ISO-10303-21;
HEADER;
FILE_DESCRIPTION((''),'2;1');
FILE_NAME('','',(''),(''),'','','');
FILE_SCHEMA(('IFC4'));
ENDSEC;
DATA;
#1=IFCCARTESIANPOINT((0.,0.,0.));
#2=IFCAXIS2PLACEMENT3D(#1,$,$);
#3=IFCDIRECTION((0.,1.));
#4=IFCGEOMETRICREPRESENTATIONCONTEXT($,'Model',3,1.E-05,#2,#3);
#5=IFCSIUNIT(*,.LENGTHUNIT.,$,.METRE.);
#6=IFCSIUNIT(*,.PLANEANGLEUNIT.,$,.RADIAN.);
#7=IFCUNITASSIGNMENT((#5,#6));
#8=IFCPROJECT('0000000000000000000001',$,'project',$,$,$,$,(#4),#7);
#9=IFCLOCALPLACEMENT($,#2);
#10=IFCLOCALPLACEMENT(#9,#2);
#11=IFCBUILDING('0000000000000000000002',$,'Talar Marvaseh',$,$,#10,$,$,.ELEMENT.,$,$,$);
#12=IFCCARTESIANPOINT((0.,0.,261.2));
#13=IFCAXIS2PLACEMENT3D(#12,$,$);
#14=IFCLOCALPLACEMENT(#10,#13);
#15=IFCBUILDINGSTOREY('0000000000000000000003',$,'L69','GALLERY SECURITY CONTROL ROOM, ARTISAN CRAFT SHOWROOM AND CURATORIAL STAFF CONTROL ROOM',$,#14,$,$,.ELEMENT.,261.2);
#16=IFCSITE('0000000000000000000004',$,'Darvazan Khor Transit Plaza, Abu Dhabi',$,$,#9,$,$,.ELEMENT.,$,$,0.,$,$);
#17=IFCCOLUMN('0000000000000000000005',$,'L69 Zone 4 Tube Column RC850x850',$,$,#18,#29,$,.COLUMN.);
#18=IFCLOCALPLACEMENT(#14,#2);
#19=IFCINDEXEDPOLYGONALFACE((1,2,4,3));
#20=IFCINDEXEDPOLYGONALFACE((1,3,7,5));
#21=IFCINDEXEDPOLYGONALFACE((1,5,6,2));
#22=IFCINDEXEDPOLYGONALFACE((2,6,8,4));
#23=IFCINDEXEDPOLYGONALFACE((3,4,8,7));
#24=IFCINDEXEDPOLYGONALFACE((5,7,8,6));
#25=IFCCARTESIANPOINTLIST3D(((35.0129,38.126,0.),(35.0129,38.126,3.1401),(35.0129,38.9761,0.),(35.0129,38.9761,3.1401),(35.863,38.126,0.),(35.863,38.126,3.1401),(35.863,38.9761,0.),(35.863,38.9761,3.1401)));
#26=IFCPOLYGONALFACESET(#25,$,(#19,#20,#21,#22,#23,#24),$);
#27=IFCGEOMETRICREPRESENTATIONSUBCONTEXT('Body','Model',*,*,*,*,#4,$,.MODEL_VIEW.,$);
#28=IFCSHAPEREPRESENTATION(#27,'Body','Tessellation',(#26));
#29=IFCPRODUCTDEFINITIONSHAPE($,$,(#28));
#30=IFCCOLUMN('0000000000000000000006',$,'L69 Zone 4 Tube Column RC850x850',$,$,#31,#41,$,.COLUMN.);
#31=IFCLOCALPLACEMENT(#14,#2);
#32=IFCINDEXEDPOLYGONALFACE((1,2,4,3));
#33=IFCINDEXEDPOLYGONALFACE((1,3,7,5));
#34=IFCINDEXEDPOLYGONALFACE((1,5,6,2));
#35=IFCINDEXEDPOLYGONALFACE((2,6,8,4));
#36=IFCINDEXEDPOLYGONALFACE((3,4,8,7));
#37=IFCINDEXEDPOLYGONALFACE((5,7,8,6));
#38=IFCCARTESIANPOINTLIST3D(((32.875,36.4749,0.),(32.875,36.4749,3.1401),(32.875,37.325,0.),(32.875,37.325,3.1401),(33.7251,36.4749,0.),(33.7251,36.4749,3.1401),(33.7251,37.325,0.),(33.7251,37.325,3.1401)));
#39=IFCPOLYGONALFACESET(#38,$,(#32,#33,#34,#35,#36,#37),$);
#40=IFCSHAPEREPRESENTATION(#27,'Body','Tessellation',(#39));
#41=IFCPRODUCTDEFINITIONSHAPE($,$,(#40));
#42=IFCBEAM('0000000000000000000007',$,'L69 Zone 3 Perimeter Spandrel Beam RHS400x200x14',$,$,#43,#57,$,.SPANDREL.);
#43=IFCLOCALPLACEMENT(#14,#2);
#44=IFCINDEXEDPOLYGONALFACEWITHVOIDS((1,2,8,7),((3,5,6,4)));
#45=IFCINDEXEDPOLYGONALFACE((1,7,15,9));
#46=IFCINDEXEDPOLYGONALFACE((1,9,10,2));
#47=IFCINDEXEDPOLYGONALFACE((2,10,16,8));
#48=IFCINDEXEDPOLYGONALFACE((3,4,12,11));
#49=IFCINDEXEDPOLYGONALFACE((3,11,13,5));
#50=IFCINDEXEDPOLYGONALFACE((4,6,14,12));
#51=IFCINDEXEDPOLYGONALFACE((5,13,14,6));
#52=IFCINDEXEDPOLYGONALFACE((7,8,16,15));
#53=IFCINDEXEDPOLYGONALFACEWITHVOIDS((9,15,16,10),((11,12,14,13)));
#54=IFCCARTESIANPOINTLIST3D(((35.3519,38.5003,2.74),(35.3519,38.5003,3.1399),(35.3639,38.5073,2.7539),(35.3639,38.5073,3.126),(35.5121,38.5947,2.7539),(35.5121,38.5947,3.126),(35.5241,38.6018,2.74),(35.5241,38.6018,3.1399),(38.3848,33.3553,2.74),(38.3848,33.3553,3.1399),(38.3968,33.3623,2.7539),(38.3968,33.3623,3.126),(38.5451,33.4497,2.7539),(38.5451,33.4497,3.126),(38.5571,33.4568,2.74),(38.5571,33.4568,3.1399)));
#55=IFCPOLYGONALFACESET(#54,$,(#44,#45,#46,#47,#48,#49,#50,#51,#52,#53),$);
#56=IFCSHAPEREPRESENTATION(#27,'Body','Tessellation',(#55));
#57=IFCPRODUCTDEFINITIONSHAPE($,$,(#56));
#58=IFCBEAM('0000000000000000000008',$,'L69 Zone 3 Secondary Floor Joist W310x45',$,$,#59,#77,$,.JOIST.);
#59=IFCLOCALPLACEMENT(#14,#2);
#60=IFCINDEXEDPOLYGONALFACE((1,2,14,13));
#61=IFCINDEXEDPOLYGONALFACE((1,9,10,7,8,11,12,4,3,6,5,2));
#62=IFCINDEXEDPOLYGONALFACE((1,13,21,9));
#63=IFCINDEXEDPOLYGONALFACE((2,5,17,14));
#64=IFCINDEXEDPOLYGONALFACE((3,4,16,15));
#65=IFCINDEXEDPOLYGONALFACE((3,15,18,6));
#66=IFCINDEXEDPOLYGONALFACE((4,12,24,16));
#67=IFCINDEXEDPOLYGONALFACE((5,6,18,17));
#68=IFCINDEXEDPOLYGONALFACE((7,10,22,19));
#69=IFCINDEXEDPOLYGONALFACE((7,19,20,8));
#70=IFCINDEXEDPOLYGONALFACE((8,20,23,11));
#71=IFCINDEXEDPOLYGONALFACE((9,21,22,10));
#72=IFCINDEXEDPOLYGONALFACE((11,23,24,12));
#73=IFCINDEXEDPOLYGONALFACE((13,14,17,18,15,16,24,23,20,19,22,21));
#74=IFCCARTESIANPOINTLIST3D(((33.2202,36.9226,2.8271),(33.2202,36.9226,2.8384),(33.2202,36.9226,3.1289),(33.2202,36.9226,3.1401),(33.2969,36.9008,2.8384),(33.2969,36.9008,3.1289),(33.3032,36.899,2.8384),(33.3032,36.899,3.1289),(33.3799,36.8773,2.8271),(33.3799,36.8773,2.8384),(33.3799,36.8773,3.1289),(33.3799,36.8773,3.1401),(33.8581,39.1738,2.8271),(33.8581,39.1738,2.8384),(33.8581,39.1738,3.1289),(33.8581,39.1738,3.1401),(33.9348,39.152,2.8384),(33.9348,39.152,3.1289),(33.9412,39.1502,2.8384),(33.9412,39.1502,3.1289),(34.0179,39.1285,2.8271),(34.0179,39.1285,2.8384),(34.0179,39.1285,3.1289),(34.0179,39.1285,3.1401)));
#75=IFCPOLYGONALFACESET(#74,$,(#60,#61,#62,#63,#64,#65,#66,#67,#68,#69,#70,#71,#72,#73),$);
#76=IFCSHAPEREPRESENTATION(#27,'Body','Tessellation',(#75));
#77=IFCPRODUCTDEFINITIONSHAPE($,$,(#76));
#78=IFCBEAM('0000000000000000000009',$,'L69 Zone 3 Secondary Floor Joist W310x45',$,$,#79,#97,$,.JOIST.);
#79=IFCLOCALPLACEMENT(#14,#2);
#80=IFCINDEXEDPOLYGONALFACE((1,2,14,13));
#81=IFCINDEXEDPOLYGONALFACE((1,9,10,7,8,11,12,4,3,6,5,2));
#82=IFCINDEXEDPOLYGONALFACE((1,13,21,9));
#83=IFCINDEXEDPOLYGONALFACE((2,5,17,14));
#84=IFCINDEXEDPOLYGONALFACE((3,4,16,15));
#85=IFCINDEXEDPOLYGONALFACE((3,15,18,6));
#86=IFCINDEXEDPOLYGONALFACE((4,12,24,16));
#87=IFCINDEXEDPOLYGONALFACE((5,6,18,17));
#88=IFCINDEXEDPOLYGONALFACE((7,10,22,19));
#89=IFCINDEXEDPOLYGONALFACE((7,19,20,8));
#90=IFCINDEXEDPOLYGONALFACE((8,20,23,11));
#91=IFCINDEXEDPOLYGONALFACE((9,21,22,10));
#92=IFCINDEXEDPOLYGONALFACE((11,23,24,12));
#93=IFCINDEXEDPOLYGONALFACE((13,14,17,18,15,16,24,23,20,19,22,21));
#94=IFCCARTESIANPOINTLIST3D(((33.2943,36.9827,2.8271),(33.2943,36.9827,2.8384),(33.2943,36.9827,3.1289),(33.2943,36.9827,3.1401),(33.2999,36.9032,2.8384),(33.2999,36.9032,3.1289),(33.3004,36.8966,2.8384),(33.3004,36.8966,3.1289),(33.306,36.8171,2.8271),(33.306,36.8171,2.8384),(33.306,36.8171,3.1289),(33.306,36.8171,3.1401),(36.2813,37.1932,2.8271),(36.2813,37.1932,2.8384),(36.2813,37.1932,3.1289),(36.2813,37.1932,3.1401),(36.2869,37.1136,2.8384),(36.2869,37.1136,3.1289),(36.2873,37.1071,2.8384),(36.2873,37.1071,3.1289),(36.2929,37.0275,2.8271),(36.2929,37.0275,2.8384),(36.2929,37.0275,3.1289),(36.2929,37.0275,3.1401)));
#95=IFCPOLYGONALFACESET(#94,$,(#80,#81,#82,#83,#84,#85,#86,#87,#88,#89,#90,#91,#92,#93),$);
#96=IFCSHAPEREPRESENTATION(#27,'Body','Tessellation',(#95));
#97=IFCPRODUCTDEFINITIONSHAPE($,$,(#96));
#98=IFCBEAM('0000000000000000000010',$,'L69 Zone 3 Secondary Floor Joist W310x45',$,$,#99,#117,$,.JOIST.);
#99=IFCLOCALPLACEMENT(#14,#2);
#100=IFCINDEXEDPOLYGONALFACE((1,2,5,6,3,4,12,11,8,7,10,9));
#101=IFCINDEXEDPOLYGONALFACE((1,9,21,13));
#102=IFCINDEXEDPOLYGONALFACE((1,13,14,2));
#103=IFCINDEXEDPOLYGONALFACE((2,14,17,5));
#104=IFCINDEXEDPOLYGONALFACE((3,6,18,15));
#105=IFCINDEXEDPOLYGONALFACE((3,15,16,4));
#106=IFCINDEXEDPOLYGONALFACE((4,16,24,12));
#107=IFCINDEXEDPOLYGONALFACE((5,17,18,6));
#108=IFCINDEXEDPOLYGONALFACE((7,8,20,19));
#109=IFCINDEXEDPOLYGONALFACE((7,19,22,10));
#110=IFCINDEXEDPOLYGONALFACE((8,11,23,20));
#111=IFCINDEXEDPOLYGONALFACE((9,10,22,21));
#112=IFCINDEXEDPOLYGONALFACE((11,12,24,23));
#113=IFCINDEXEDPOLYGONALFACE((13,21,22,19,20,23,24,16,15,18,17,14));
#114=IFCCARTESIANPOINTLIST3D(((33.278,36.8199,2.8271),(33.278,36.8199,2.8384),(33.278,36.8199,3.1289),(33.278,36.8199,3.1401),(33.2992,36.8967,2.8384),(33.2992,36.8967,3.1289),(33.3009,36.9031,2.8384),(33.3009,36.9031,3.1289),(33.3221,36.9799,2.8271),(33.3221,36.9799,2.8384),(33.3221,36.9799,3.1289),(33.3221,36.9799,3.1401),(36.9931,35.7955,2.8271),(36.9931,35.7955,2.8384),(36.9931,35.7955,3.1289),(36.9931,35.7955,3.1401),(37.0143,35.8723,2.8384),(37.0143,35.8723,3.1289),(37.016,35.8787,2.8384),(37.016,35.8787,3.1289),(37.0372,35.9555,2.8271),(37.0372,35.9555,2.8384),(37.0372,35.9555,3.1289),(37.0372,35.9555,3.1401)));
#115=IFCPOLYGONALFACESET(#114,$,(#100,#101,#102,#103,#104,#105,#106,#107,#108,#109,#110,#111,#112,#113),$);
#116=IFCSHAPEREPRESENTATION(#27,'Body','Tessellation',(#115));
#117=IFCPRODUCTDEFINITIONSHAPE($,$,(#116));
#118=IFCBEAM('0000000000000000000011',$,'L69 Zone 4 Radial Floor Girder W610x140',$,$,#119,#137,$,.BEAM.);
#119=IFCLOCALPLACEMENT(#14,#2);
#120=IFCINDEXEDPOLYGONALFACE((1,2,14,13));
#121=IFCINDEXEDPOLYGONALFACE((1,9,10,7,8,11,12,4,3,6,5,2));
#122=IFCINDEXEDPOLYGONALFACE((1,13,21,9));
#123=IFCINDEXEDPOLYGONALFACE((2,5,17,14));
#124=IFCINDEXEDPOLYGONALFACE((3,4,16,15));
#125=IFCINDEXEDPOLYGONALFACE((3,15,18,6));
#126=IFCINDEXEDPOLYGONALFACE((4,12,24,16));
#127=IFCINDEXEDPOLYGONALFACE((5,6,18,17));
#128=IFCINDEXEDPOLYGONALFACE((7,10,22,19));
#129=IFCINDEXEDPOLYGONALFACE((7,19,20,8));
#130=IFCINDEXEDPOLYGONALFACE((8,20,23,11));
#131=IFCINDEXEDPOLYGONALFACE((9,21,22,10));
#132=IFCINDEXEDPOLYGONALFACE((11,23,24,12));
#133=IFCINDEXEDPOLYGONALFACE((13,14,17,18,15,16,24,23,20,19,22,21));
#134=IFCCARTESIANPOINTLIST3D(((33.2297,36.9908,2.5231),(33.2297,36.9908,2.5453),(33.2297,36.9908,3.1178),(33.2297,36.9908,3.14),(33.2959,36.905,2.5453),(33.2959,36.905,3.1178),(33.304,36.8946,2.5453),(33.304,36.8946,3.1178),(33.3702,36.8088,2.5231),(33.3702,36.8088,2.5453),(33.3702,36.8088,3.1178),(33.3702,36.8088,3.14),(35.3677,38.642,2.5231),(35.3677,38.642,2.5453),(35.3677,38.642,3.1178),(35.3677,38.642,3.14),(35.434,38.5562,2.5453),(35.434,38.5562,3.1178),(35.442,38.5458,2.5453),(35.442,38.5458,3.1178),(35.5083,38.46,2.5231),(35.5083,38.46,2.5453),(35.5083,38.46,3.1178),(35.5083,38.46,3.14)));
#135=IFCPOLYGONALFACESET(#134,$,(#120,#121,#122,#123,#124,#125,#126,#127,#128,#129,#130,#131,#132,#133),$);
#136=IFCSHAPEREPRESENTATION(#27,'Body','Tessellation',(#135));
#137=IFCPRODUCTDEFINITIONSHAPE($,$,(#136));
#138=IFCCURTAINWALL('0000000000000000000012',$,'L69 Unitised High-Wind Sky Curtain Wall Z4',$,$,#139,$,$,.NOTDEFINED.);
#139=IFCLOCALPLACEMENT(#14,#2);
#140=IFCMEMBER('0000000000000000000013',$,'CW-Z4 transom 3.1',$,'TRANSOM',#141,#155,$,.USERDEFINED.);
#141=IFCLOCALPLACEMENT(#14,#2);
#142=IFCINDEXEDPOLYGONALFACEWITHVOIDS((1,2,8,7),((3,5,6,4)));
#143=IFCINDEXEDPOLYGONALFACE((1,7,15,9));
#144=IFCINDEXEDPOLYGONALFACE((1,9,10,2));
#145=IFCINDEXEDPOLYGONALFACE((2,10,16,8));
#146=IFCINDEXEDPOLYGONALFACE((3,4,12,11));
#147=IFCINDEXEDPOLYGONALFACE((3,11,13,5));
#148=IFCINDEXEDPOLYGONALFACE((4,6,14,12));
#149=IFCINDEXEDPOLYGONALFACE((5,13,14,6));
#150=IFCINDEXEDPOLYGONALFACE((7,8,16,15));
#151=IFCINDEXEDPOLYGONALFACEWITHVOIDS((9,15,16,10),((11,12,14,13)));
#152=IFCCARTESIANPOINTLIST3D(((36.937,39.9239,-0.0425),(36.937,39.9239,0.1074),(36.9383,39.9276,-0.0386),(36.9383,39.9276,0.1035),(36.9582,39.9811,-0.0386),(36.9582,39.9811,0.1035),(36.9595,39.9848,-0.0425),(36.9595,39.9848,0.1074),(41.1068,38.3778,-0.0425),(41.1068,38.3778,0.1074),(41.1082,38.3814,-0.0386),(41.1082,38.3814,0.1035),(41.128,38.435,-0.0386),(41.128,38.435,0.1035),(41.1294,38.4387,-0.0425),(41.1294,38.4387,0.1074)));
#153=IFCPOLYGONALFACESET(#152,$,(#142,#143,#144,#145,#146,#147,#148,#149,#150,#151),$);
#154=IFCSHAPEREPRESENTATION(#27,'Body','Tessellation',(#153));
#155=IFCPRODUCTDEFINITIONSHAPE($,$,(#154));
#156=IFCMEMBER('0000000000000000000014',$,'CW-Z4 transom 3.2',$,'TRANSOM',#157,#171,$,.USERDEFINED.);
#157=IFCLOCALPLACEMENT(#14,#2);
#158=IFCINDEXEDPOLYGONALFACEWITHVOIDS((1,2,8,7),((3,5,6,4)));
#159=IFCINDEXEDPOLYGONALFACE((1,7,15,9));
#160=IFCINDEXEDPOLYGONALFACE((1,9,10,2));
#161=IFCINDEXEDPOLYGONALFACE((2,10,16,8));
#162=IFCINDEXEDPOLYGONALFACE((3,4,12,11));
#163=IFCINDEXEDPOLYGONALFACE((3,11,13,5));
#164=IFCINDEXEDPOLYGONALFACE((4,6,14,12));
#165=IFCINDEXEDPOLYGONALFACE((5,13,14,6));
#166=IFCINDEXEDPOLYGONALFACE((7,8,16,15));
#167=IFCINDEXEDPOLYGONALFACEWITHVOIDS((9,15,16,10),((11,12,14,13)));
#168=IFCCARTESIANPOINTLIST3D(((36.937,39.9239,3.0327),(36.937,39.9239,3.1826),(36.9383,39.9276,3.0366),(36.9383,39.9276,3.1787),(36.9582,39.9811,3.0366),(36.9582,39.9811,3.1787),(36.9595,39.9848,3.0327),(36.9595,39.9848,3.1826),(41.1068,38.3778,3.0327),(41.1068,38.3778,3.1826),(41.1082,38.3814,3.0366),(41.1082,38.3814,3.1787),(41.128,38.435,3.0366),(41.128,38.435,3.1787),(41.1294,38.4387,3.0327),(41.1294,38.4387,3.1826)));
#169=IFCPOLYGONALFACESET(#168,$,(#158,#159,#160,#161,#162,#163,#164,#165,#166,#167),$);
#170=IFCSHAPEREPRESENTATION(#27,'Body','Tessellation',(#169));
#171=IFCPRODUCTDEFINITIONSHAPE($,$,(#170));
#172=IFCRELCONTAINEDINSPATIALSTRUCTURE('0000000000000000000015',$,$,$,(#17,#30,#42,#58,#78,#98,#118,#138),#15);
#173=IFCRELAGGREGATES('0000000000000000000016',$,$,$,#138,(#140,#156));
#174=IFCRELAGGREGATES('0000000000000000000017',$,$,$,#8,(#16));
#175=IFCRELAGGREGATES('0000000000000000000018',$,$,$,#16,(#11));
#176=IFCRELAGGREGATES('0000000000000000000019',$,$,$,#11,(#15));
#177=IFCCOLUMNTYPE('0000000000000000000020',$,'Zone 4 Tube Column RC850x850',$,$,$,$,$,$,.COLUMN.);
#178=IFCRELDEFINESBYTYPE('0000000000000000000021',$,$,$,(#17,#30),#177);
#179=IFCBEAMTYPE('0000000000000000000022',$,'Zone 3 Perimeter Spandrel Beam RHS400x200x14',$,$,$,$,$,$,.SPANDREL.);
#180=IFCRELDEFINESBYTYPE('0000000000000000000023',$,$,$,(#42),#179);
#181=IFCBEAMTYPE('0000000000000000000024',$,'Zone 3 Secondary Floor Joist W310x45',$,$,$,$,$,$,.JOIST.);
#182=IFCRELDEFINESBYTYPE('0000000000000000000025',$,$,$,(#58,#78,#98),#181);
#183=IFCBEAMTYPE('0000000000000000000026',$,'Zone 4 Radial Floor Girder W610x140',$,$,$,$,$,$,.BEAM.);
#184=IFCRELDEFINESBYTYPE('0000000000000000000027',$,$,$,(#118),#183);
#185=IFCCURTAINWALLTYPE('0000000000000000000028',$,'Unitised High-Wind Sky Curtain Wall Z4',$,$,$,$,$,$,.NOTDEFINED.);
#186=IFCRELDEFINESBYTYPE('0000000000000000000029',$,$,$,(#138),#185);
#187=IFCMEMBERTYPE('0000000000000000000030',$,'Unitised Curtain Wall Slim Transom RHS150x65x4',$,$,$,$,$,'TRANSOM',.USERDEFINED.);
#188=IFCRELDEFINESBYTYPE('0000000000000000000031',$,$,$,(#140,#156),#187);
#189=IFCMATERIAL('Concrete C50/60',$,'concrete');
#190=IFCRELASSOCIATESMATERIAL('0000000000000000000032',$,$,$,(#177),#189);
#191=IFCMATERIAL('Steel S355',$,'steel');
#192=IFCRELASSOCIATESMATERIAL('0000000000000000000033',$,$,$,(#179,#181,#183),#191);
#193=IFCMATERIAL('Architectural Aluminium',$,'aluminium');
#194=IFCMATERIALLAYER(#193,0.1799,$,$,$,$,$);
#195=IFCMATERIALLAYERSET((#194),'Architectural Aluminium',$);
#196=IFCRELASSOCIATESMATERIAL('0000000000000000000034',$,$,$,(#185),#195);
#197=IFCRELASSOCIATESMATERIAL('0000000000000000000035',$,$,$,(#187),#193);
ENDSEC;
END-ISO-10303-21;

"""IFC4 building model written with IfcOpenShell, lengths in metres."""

from ifc_helpers import new_model, si_unit, direction, frame, origin, origin_2d, place, context, subcontext, project, spatial, rectangle, hollow_rectangle, i_section, extrude, source, transform, mapped, material, layer, layer_set, material_profile, profile_set, type_object, element, aggregate, save


model = new_model("IFC4")

# Units and contexts
model_context = context("Model", 3, precision=1e-05, world=origin(), true_north=direction((0.0, 1.0)))
body_context = subcontext(model_context, "Body", "Model", "MODEL_VIEW")
ifc_project = project(units=[si_unit("LENGTHUNIT", "METRE"), si_unit("PLANEANGLEUNIT", "RADIAN")], contexts=[model_context])

# Site, building, storey
site_placement = place(None, origin())
site = spatial("IfcSite", under=ifc_project, at=site_placement, Name="Darvazan Khor Transit Plaza, Abu Dhabi", CompositionType="ELEMENT", RefElevation=0.0)
building_placement = place(site_placement, origin())
building = spatial("IfcBuilding", under=site, at=building_placement, Name="Talar Marvaseh", CompositionType="ELEMENT")
storey_placement = place(building_placement, frame((0.0, 0.0, 261.2)))
storey = spatial("IfcBuildingStorey", under=building, at=storey_placement, Name="L69", Description="GALLERY SECURITY CONTROL ROOM, ARTISAN CRAFT SHOWROOM AND CURATORIAL STAFF CONTROL ROOM", CompositionType="ELEMENT", Elevation=261.2)

# Columns
ifc_material_1 = material(Name="Concrete C50/60", Category="concrete")
ifc_material_profile_1 = material_profile(ifc_material_1, rectangle(XDim=0.8501, YDim=0.8501, at=origin_2d()), Name="RC850x850")
ifc_profile_set_1 = profile_set([ifc_material_profile_1], Name="Concrete C50/60")
column_type = type_object("IfcColumnType", Name="Zone 4 Tube Column RC850x850", PredefinedType="COLUMN", material=ifc_profile_set_1)
for number, where, z_axis, x_axis, name in (
    (1, (35.438, 38.551, 0.0), (0.0, 0.0, 1.0), (1.0, 0.0, 0.0), "L69 Zone 4 Tube Column RC850x850"),
    (2, (33.3, 36.8999, 0.0), (0.0, 0.0, 1.0), (1.0, 0.0, 0.0), "L69 Zone 4 Tube Column RC850x850"),
):
    element("IfcColumn", number, at=place(storey_placement, frame(where, z_axis=z_axis, x_axis=x_axis)), inside=storey, type_object=column_type, Name=name, PredefinedType="COLUMN", context=body_context, shape_type="SweptSolid", body=[
        extrude(rectangle(XDim=0.8501, YDim=0.8501, at=origin_2d()), origin(), (0.0, 0.0, 1.0), 3.1401),
    ])

# Beams
ifc_material_2 = material(Name="Steel S355", Category="steel")
ifc_material_profile_2 = material_profile(ifc_material_2, hollow_rectangle(XDim=0.2, YDim=0.3999, WallThickness=0.0139, at=origin_2d()), Name="RHS400x200x14")
ifc_profile_set_2 = profile_set([ifc_material_profile_2], Name="Steel S355")
beam_type_1 = type_object("IfcBeamType", Name="Zone 3 Perimeter Spandrel Beam RHS400x200x14", PredefinedType="SPANDREL", material=ifc_profile_set_2)
beam_1_placement = place(storey_placement, frame((35.438, 38.551, 2.9399), z_axis=(0.507826, -0.86146, 0.0), x_axis=(0.86146, 0.507826, 0.0)))
element("IfcBeam", 3, at=beam_1_placement, inside=storey, type_object=beam_type_1, Name="L69 Zone 3 Perimeter Spandrel Beam RHS400x200x14", PredefinedType="SPANDREL", context=body_context, shape_type="SweptSolid", body=[
    extrude(hollow_rectangle(XDim=0.2, YDim=0.3999, WallThickness=0.0139, at=origin_2d()), origin(), (0.0, 0.0, 1.0), 5.9724),
])
ifc_material_profile_3 = material_profile(ifc_material_2, i_section(OverallWidth=0.166, OverallDepth=0.313, WebThickness=0.0066, FlangeThickness=0.0112, at=origin_2d()), Name="W310x45")
ifc_profile_set_3 = profile_set([ifc_material_profile_3], Name="Steel S355")
beam_type_2 = type_object("IfcBeamType", Name="Zone 3 Secondary Floor Joist W310x45", PredefinedType="JOIST", material=ifc_profile_set_3)
beam_2_placement = place(storey_placement, frame((33.938, 39.1511, 2.9836), z_axis=(-0.27264, -0.962116, 0.0), x_axis=(0.962116, -0.27264, 0.0)))
element("IfcBeam", 4, at=beam_2_placement, inside=storey, type_object=beam_type_2, Name="L69 Zone 3 Secondary Floor Joist W310x45", PredefinedType="JOIST", context=body_context, shape_type="SweptSolid", body=[
    extrude(i_section(OverallWidth=0.166, OverallDepth=0.313, WebThickness=0.0066, FlangeThickness=0.0112, at=origin_2d()), origin(), (0.0, 0.0, 1.0), 2.3398),
])
beam_3_placement = place(storey_placement, frame((36.2871, 37.1104, 2.9836), z_axis=(-0.997527, -0.070279, 0.0), x_axis=(0.070279, -0.997527, 0.0)))
element("IfcBeam", 5, at=beam_3_placement, inside=storey, type_object=beam_type_2, Name="L69 Zone 3 Secondary Floor Joist W310x45", PredefinedType="JOIST", context=body_context, shape_type="SweptSolid", body=[
    extrude(i_section(OverallWidth=0.166, OverallDepth=0.313, WebThickness=0.0066, FlangeThickness=0.0112, at=origin_2d()), origin(), (0.0, 0.0, 1.0), 2.9944),
])
beam_4_placement = place(storey_placement, frame((37.0151, 35.8755, 2.9836), z_axis=(-0.964022, 0.265823, 0.0), x_axis=(-0.265823, -0.964022, 0.0)))
element("IfcBeam", 6, at=beam_4_placement, inside=storey, type_object=beam_type_2, Name="L69 Zone 3 Secondary Floor Joist W310x45", PredefinedType="JOIST", context=body_context, shape_type="SweptSolid", body=[
    extrude(i_section(OverallWidth=0.166, OverallDepth=0.313, WebThickness=0.0066, FlangeThickness=0.0112, at=origin_2d()), origin(), (0.0, 0.0, 1.0), 3.8538),
])
ifc_material_profile_4 = material_profile(ifc_material_2, i_section(OverallWidth=0.23, OverallDepth=0.6169, WebThickness=0.0132, FlangeThickness=0.0222, at=origin_2d()), Name="W610x140")
ifc_profile_set_4 = profile_set([ifc_material_profile_4], Name="Steel S355")
beam_type_3 = type_object("IfcBeamType", Name="Zone 4 Radial Floor Girder W610x140", PredefinedType="BEAM", material=ifc_profile_set_4)
beam_5_placement = place(storey_placement, frame((35.438, 38.551, 2.8315), z_axis=(-0.79145, -0.611234, 0.0), x_axis=(0.611234, -0.79145, 0.0)))
element("IfcBeam", 7, at=beam_5_placement, inside=storey, type_object=beam_type_3, Name="L69 Zone 4 Radial Floor Girder W610x140", PredefinedType="BEAM", context=body_context, shape_type="SweptSolid", body=[
    extrude(i_section(OverallWidth=0.23, OverallDepth=0.6169, WebThickness=0.0132, FlangeThickness=0.0222, at=origin_2d()), origin(), (0.0, 0.0, 1.0), 2.7014),
])

# Curtain wall, members
ifc_material_3 = material(Name="Architectural Aluminium", Category="aluminium")
ifc_layer_1 = layer(ifc_material_3, 0.1799)
ifc_layer_set_1 = layer_set([ifc_layer_1], Name="Architectural Aluminium")
curtain_wall_type = type_object("IfcCurtainWallType", Name="Unitised High-Wind Sky Curtain Wall Z4", PredefinedType="NOTDEFINED", material=ifc_layer_set_1)
curtain_wall_1_placement = place(storey_placement, origin())
curtain_wall_1 = element("IfcCurtainWall", 8, at=curtain_wall_1_placement, inside=storey, type_object=curtain_wall_type, Name="L69 Unitised High-Wind Sky Curtain Wall Z4", PredefinedType="NOTDEFINED")
ifc_material_profile_5 = material_profile(ifc_material_3, hollow_rectangle(XDim=0.0649, YDim=0.1499, WallThickness=0.0039, at=origin_2d()), Name="RHS150x65x4")
ifc_profile_set_5 = profile_set([ifc_material_profile_5], Name="Architectural Aluminium")
member_type_1 = type_object("IfcMemberType", Name="Unitised Curtain Wall Slim Transom RHS150x65x4", ElementType="TRANSOM", PredefinedType="USERDEFINED", material=ifc_profile_set_5)
shared_shape_1 = source(origin(), body_context, "Body", "SweptSolid", [
    extrude(hollow_rectangle(XDim=0.0649, YDim=0.1499, WallThickness=0.0039, at=origin_2d()), origin(), (0.0, 0.0, 1.0), 4.4473),
])
member_1_placement = place(storey_placement, frame((36.9482, 39.9543, 0.0325), z_axis=(0.937622, -0.347656, 0.0), x_axis=(0.347656, 0.937622, 0.0)))
member_1 = element("IfcMember", 9, at=member_1_placement, type_object=member_type_1, Name="CW-Z4 transom 3.1", ObjectType="TRANSOM", PredefinedType="USERDEFINED", context=body_context, shape_type="MappedRepresentation", body=[
    mapped(shared_shape_1, transform((0.0, 0.0, 0.0), x_axis=(1.0, 0.0, 0.0), y_axis=(0.0, 1.0, 0.0), z_axis=(0.0, 0.0, 1.0), scale=1.0)),
])
member_2_placement = place(storey_placement, frame((36.9482, 39.9543, 3.1077), z_axis=(0.937622, -0.347656, 0.0), x_axis=(0.347656, 0.937622, 0.0)))
member_2 = element("IfcMember", 10, at=member_2_placement, type_object=member_type_1, Name="CW-Z4 transom 3.2", ObjectType="TRANSOM", PredefinedType="USERDEFINED", context=body_context, shape_type="MappedRepresentation", body=[
    mapped(shared_shape_1, transform((0.0, 0.0, 0.0), x_axis=(1.0, 0.0, 0.0), y_axis=(0.0, 1.0, 0.0), z_axis=(0.0, 0.0, 1.0), scale=1.0)),
])

aggregate(curtain_wall_1, [member_1, member_2])

save(model, "model.ifc")
